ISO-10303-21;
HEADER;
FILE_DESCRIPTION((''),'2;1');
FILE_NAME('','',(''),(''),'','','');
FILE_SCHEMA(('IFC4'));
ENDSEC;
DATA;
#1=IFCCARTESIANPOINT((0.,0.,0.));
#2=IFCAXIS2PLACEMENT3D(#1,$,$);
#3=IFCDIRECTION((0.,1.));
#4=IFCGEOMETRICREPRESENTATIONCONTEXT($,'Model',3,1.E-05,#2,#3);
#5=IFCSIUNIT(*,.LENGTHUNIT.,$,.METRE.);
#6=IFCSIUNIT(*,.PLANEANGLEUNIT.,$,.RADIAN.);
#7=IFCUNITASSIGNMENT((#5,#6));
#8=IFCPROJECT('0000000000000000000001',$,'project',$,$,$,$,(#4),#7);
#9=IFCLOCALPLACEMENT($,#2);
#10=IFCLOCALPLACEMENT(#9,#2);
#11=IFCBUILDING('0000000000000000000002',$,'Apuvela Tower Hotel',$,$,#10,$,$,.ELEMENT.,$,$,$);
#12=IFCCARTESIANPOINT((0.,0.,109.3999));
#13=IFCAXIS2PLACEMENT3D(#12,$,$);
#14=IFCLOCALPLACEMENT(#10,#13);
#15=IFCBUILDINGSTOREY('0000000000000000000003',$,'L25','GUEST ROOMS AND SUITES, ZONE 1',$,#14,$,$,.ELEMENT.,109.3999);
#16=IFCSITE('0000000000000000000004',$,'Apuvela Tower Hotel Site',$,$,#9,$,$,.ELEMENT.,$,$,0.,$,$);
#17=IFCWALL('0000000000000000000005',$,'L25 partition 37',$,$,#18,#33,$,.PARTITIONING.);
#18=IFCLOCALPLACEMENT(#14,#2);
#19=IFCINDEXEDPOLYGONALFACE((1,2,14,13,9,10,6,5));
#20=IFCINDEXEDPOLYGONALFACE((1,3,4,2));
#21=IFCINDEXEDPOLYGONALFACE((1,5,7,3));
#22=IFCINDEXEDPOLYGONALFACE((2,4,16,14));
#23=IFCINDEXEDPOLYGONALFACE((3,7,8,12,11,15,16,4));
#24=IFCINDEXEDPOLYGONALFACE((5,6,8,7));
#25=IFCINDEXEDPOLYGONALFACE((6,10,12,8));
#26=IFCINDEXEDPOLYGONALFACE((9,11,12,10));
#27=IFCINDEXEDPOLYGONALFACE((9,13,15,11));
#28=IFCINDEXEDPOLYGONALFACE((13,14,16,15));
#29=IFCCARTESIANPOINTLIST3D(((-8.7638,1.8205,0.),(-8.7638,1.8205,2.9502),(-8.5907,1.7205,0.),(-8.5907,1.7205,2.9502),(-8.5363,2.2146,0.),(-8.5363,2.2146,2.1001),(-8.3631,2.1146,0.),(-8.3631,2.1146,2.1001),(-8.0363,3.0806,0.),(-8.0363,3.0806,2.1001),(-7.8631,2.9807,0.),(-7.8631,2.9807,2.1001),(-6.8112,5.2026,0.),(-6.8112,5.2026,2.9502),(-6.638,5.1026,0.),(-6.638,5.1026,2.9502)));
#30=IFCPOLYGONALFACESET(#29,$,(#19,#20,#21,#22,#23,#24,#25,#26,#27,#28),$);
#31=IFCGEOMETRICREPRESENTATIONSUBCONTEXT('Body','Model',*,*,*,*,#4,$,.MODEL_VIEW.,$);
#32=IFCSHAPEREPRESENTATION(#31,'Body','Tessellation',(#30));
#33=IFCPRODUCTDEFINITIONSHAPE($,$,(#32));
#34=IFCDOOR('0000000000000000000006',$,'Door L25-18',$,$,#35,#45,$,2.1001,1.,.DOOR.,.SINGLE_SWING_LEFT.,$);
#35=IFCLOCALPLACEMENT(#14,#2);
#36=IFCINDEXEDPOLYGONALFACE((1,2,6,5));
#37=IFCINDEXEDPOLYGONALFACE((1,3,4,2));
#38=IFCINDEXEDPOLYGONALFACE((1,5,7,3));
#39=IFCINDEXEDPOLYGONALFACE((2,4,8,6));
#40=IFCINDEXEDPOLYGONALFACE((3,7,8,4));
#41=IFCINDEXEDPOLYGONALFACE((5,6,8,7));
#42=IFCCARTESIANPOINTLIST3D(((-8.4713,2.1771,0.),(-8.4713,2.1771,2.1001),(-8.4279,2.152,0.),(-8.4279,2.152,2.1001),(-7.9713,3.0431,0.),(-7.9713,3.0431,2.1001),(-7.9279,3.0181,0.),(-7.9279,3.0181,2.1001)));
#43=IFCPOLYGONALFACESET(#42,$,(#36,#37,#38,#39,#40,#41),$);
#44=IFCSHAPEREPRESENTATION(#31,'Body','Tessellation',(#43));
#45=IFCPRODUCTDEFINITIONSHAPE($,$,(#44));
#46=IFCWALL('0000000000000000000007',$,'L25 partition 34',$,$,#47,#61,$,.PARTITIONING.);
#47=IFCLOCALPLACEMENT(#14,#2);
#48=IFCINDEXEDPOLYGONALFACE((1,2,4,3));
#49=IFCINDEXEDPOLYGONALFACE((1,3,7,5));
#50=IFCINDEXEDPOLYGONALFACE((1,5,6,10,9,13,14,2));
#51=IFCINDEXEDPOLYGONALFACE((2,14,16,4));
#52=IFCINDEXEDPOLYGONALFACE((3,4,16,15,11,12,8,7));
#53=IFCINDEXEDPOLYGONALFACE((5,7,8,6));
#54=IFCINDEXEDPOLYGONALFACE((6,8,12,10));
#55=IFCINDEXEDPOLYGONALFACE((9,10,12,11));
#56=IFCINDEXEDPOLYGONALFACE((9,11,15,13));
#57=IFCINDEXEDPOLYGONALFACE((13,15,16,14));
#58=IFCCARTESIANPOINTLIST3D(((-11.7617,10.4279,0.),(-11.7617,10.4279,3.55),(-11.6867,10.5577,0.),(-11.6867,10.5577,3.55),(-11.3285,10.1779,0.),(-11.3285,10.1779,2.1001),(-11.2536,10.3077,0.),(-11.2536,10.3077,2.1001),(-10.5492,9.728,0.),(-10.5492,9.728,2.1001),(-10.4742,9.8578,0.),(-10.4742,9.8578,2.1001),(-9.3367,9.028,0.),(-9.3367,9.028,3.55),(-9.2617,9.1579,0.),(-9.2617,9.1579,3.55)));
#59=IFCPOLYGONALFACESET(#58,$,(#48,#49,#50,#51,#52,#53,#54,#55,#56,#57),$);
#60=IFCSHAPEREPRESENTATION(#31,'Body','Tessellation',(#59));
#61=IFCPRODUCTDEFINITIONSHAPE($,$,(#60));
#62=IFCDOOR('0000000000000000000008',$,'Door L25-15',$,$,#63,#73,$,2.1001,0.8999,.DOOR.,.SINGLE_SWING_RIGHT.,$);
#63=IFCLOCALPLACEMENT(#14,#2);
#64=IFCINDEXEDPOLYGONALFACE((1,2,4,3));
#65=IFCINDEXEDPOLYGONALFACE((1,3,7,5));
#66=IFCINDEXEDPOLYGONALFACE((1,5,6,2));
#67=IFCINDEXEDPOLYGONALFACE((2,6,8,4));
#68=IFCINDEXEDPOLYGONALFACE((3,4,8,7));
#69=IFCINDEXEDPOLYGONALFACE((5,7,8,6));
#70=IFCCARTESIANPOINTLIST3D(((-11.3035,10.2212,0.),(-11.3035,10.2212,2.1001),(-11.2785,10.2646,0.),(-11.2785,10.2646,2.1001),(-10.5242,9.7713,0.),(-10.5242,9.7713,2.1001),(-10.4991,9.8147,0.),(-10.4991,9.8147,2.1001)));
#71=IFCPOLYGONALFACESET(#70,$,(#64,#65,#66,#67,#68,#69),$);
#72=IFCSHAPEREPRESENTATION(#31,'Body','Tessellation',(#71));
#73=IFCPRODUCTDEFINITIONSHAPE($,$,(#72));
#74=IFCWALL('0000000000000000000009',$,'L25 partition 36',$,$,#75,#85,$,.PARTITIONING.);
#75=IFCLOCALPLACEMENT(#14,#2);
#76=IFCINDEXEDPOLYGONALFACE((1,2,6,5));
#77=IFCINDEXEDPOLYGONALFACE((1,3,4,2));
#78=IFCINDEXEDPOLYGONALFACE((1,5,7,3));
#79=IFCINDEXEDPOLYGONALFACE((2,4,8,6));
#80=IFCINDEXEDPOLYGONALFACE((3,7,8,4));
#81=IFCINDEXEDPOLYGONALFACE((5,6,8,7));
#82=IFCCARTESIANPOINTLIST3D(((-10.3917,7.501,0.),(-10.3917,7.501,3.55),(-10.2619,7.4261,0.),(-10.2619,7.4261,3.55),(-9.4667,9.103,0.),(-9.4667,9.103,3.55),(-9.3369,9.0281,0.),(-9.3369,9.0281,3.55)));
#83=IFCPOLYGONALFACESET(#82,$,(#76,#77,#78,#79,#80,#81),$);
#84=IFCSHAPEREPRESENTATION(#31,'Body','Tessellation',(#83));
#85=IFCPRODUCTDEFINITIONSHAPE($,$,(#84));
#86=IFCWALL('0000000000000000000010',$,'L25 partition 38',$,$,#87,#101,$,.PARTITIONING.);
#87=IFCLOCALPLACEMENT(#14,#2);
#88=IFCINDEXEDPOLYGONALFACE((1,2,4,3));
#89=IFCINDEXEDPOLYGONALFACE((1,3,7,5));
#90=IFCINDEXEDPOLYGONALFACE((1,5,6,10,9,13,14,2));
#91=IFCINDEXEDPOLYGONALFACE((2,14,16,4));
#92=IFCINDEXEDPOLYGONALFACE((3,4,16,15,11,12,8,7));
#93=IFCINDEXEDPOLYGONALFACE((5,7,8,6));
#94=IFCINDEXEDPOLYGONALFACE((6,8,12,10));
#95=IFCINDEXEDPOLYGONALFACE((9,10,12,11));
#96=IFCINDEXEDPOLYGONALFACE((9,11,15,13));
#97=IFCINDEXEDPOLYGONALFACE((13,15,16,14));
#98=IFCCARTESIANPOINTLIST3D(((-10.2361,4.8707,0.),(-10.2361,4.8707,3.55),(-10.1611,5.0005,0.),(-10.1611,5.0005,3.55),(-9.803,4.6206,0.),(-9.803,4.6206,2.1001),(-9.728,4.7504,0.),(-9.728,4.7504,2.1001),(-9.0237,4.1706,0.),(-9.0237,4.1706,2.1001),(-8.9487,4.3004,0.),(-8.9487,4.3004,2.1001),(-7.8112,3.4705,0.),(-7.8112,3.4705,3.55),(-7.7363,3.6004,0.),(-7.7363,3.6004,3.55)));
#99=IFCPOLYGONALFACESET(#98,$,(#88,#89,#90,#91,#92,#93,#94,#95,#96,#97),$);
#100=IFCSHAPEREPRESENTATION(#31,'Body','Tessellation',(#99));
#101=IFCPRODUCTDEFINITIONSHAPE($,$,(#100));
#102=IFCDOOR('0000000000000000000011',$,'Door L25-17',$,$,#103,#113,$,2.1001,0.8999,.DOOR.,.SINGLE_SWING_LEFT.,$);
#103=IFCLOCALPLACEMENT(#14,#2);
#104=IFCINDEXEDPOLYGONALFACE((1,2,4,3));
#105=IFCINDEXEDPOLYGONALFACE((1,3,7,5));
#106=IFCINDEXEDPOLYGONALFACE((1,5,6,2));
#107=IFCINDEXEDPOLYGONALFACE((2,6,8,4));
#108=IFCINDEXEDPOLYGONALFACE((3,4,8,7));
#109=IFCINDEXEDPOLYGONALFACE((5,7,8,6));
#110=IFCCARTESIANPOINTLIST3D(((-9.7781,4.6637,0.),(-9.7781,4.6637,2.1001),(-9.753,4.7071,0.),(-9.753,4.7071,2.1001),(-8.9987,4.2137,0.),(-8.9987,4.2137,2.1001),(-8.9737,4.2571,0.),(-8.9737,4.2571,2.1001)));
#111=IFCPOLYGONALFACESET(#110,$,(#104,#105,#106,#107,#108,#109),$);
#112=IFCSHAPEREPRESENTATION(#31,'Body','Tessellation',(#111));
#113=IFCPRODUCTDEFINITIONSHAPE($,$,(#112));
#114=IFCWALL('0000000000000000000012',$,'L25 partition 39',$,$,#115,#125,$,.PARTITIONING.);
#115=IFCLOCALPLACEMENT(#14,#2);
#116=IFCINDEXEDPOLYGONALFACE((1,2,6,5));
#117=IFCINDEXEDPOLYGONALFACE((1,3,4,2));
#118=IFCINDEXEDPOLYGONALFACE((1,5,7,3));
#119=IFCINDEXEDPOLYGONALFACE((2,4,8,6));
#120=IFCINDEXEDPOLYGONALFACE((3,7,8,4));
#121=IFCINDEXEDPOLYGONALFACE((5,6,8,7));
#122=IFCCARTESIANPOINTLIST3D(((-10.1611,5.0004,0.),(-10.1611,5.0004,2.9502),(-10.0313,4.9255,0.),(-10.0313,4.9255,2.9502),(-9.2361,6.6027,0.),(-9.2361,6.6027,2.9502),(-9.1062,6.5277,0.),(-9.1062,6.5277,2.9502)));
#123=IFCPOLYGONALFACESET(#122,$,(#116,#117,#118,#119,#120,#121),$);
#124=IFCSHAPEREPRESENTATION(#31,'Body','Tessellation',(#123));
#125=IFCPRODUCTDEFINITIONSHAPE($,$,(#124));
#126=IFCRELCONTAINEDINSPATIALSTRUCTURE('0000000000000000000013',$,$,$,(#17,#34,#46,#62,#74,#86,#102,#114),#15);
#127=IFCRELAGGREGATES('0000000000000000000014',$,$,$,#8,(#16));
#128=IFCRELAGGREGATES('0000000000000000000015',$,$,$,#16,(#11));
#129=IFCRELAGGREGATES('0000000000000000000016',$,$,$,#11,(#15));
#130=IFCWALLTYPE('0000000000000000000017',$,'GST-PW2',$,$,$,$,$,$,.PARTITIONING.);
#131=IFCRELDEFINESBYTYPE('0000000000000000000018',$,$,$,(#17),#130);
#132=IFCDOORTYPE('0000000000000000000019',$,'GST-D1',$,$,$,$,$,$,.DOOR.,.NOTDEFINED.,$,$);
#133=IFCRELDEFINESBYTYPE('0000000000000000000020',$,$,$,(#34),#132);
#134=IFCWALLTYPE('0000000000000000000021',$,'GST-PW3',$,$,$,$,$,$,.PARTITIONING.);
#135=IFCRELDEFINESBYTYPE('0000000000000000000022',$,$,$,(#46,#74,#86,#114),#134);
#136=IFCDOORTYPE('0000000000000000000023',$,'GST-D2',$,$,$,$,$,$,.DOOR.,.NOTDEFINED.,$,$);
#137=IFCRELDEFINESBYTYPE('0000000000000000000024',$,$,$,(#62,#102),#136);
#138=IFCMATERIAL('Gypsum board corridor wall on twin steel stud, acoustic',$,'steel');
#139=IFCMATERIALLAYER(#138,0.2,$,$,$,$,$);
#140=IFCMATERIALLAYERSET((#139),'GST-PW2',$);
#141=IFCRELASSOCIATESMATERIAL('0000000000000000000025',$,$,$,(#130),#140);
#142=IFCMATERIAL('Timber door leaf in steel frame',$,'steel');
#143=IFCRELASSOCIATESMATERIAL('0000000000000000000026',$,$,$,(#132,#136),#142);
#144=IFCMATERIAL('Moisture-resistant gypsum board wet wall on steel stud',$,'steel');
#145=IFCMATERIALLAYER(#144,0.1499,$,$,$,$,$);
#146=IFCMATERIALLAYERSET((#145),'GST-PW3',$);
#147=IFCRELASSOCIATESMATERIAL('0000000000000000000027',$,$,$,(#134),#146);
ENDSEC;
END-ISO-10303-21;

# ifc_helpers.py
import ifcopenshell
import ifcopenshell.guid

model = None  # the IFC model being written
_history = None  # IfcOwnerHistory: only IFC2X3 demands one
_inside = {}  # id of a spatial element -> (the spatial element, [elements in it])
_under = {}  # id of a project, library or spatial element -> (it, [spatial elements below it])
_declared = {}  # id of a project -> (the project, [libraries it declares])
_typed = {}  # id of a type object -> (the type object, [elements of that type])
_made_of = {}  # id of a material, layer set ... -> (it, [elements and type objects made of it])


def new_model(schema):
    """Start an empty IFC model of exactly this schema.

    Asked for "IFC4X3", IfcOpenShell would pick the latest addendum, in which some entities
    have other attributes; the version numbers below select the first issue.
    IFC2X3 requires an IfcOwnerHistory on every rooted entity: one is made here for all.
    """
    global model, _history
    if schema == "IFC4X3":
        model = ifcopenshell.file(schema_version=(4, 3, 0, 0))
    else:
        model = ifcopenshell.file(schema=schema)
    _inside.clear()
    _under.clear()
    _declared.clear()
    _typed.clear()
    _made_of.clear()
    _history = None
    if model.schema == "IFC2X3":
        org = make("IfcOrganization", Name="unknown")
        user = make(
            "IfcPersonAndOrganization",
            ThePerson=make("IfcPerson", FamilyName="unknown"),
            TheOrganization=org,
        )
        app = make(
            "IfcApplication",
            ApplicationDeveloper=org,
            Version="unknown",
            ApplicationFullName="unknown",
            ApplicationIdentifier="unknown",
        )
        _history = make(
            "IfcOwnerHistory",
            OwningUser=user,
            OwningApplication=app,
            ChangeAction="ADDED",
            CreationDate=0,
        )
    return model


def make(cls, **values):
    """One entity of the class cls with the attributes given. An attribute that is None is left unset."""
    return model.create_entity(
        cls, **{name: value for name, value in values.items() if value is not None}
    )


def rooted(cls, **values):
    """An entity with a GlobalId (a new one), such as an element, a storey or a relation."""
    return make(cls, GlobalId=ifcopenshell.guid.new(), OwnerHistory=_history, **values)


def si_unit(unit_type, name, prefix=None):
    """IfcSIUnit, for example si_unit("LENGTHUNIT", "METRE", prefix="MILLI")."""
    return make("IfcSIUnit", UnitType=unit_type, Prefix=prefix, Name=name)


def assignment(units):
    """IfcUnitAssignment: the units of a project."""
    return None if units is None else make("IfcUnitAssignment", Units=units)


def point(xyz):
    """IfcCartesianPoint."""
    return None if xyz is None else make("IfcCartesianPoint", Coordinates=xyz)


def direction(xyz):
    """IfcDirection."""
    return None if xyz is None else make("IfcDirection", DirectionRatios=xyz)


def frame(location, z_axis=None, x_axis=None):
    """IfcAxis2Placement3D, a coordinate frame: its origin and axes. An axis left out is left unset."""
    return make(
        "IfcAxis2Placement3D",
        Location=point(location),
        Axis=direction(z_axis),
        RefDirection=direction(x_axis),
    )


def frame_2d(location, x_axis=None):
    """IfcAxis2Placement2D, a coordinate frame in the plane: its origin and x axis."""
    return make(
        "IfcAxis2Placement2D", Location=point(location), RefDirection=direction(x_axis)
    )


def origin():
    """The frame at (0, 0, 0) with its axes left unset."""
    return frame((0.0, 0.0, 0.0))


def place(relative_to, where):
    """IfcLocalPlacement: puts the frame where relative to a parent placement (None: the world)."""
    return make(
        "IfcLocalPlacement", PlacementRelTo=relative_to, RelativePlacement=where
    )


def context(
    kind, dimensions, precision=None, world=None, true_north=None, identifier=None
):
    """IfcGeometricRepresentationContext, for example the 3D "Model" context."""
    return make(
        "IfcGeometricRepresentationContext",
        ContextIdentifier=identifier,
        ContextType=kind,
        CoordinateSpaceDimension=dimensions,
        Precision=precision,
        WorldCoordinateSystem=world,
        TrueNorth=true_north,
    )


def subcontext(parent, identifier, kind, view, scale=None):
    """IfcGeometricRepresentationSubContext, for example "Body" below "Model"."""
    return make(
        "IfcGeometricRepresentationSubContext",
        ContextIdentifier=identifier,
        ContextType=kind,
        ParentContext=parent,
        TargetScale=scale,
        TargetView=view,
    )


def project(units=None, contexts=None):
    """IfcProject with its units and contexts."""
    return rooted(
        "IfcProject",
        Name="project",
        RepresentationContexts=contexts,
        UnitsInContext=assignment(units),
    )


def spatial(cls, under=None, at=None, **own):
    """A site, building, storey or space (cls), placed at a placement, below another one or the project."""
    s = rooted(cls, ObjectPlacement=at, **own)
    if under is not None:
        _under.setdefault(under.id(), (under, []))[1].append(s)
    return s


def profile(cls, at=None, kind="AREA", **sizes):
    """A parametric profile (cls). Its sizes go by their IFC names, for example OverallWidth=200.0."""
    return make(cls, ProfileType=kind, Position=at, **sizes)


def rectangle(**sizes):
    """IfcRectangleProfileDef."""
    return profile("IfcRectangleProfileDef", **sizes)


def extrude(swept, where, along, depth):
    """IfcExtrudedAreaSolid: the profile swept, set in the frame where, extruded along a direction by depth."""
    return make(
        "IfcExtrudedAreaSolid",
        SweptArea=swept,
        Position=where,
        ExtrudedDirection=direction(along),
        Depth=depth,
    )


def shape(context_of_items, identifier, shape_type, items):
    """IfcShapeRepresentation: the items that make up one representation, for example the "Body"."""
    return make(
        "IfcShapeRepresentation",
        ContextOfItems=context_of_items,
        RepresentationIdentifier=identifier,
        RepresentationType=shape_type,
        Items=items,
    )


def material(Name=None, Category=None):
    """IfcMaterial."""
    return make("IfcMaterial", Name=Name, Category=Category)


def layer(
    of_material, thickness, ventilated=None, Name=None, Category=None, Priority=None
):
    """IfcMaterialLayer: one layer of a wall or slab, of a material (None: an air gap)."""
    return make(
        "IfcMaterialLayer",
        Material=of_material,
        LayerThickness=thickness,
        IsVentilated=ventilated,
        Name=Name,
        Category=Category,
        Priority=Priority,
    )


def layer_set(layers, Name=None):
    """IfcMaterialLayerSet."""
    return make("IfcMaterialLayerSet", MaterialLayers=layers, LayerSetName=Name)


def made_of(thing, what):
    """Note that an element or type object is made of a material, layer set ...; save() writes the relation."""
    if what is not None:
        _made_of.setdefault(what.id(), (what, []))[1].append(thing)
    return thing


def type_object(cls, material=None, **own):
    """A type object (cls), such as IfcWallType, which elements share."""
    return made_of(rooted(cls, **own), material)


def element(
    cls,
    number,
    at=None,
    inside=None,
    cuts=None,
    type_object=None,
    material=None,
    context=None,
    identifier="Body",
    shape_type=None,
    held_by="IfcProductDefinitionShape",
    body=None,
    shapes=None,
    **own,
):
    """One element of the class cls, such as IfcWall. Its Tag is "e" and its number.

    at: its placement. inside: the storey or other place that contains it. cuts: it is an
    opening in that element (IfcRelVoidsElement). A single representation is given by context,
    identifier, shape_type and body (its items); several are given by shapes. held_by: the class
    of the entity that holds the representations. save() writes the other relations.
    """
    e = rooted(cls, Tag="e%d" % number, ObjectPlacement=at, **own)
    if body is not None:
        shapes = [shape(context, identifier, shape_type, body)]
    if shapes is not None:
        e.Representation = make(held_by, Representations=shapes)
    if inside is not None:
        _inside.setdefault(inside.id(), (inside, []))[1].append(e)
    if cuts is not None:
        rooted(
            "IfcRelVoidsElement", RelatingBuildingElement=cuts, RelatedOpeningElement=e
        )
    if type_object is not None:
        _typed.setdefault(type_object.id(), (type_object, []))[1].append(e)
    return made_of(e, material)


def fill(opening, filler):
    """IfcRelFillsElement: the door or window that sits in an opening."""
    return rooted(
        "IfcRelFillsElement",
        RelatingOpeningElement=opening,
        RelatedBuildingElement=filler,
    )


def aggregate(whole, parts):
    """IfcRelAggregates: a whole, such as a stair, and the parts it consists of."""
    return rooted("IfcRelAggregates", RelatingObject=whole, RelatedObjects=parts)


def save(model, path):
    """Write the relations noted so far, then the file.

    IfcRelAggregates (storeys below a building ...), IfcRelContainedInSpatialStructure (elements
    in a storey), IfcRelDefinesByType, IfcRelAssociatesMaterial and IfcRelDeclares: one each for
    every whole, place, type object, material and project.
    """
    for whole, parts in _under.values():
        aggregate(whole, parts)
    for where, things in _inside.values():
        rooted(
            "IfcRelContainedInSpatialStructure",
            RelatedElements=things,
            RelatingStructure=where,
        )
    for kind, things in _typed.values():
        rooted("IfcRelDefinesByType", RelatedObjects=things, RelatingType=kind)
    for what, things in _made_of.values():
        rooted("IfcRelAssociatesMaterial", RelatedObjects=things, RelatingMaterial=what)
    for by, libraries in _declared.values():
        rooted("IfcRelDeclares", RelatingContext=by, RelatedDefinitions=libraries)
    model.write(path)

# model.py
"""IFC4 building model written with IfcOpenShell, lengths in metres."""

from ifc_helpers import new_model, si_unit, direction, frame, frame_2d, origin, place, context, subcontext, project, spatial, rectangle, extrude, material, layer, layer_set, type_object, element, fill, save


model = new_model("IFC4")

# Units and contexts
model_context = context("Model", 3, precision=1e-05, world=origin(), true_north=direction((0.0, 1.0)))
body_context = subcontext(model_context, "Body", "Model", "MODEL_VIEW")
ifc_project = project(units=[si_unit("LENGTHUNIT", "METRE"), si_unit("PLANEANGLEUNIT", "RADIAN")], contexts=[model_context])

# Site, building, storey
site_placement = place(None, origin())
site = spatial("IfcSite", under=ifc_project, at=site_placement, Name="Apuvela Tower Hotel Site", CompositionType="ELEMENT", RefElevation=0.0)
building_placement = place(site_placement, origin())
building = spatial("IfcBuilding", under=site, at=building_placement, Name="Apuvela Tower Hotel", CompositionType="ELEMENT")
storey_placement = place(building_placement, frame((0.0, 0.0, 109.3999)))
storey = spatial("IfcBuildingStorey", under=building, at=storey_placement, Name="L25", Description="GUEST ROOMS AND SUITES, ZONE 1", CompositionType="ELEMENT", Elevation=109.3999)

# Walls, openings, doors
ifc_material_1 = material(Name="Gypsum board corridor wall on twin steel stud, acoustic", Category="steel")
ifc_layer_1 = layer(ifc_material_1, 0.2)
ifc_layer_set_1 = layer_set([ifc_layer_1], Name="GST-PW2")
wall_type_1 = type_object("IfcWallType", Name="GST-PW2", PredefinedType="PARTITIONING", material=ifc_layer_set_1)
ifc_material_2 = material(Name="Timber door leaf in steel frame", Category="steel")
door_type_1 = type_object("IfcDoorType", Name="GST-D1", OperationType="NOTDEFINED", PredefinedType="DOOR", material=ifc_material_2)
wall_1_placement = place(storey_placement, frame((-8.6772, 1.7705, 0.0), z_axis=(0.0, 0.0, 1.0), x_axis=(0.499998, 0.866026, 0.0)))
wall_1 = element("IfcWall", 1, at=wall_1_placement, inside=storey, type_object=wall_type_1, Name="L25 partition 37", PredefinedType="PARTITIONING", context=body_context, shape_type="SweptSolid", body=[
    extrude(rectangle(XDim=3.9053, YDim=0.2, at=frame_2d((1.9526, 0.0))), origin(), (0.0, 0.0, 1.0), 2.9502),
])
opening_1_placement = place(wall_1_placement, frame((0.4551, 0.0, 0.0)))
opening_1 = element("IfcOpeningElement", 2, at=opening_1_placement, cuts=wall_1, PredefinedType="OPENING", context=body_context, shape_type="SweptSolid", body=[
    extrude(rectangle(XDim=1.0, YDim=2.1001, at=frame_2d((0.5, 1.05))), frame((0.0, 0.1099, 0.0), z_axis=(0.0, -1.0, 0.0), x_axis=(1.0, 0.0, 0.0)), (0.0, 0.0, 1.0), 0.22),
])
door_1_placement = place(opening_1_placement, origin())
door_1 = element("IfcDoor", 3, at=door_1_placement, inside=storey, type_object=door_type_1, Name="Door L25-18", OperationType="SINGLE_SWING_LEFT", OverallHeight=2.1001, OverallWidth=1.0, PredefinedType="DOOR", context=body_context, shape_type="SweptSolid", body=[
    extrude(rectangle(XDim=1.0, YDim=2.1001, at=frame_2d((0.5, 1.05))), frame((0.0, 0.0249, 0.0), z_axis=(0.0, -1.0, 0.0), x_axis=(1.0, 0.0, 0.0)), (0.0, 0.0, 1.0), 0.05),
])
fill(opening_1, door_1)
ifc_material_3 = material(Name="Moisture-resistant gypsum board wet wall on steel stud", Category="steel")
ifc_layer_2 = layer(ifc_material_3, 0.1499)
ifc_layer_set_2 = layer_set([ifc_layer_2], Name="GST-PW3")
wall_type_2 = type_object("IfcWallType", Name="GST-PW3", PredefinedType="PARTITIONING", material=ifc_layer_set_2)
wall_2_placement = place(storey_placement, frame((-9.2993, 9.093, 0.0), z_axis=(0.0, 0.0, 1.0), x_axis=(-0.866056, 0.499946, 0.0)))
wall_2 = element("IfcWall", 4, at=wall_2_placement, inside=storey, type_object=wall_type_2, Name="L25 partition 34", PredefinedType="PARTITIONING", context=body_context, shape_type="SweptSolid", body=[
    extrude(rectangle(XDim=2.8, YDim=0.1499, at=frame_2d((1.3999, 0.0))), origin(), (0.0, 0.0, 1.0), 3.55),
])
opening_2_placement = place(wall_2_placement, frame((1.3999, 0.0, 0.0)))
opening_2 = element("IfcOpeningElement", 5, at=opening_2_placement, cuts=wall_2, PredefinedType="OPENING", context=body_context, shape_type="SweptSolid", body=[
    extrude(rectangle(XDim=0.8999, YDim=2.1001, at=frame_2d((0.45, 1.05))), frame((0.0, 0.085, 0.0), z_axis=(0.0, -1.0, 0.0), x_axis=(1.0, 0.0, 0.0)), (0.0, 0.0, 1.0), 0.1699),
])
door_type_2 = type_object("IfcDoorType", Name="GST-D2", OperationType="NOTDEFINED", PredefinedType="DOOR", material=ifc_material_2)
door_2_placement = place(opening_2_placement, origin())
door_2 = element("IfcDoor", 6, at=door_2_placement, inside=storey, type_object=door_type_2, Name="Door L25-15", OperationType="SINGLE_SWING_RIGHT", OverallHeight=2.1001, OverallWidth=0.8999, PredefinedType="DOOR", context=body_context, shape_type="SweptSolid", body=[
    extrude(rectangle(XDim=0.8999, YDim=2.1001, at=frame_2d((0.45, 1.05))), frame((0.0, 0.0249, 0.0), z_axis=(0.0, -1.0, 0.0), x_axis=(1.0, 0.0, 0.0)), (0.0, 0.0, 1.0), 0.05),
])
fill(opening_2, door_2)

# Wall
wall_3_placement = place(storey_placement, frame((-9.4019, 9.0654, 0.0), z_axis=(0.0, 0.0, 1.0), x_axis=(-0.500042, -0.866001, 0.0)))
element("IfcWall", 7, at=wall_3_placement, inside=storey, type_object=wall_type_2, Name="L25 partition 36", PredefinedType="PARTITIONING", context=body_context, shape_type="SweptSolid", body=[
    extrude(rectangle(XDim=1.8499, YDim=0.1499, at=frame_2d((0.9248, 0.0))), origin(), (0.0, 0.0, 1.0), 3.55),
])

# Wall, opening, door
wall_4_placement = place(storey_placement, frame((-10.1985, 4.9355, 0.0), z_axis=(0.0, 0.0, 1.0), x_axis=(0.865997, -0.50005, 0.0)))
wall_4 = element("IfcWall", 8, at=wall_4_placement, inside=storey, type_object=wall_type_2, Name="L25 partition 38", PredefinedType="PARTITIONING", context=body_context, shape_type="SweptSolid", body=[
    extrude(rectangle(XDim=2.8, YDim=0.1499, at=frame_2d((1.3999, 0.0))), origin(), (0.0, 0.0, 1.0), 3.55),
])
opening_3_placement = place(wall_4_placement, frame((0.5, 0.0, 0.0)))
opening_3 = element("IfcOpeningElement", 9, at=opening_3_placement, cuts=wall_4, PredefinedType="OPENING", context=body_context, shape_type="SweptSolid", body=[
    extrude(rectangle(XDim=0.8999, YDim=2.1001, at=frame_2d((0.45, 1.05))), frame((0.0, 0.085, 0.0), z_axis=(0.0, -1.0, 0.0), x_axis=(1.0, 0.0, 0.0)), (0.0, 0.0, 1.0), 0.1699),
])
door_3_placement = place(opening_3_placement, origin())
door_3 = element("IfcDoor", 10, at=door_3_placement, inside=storey, type_object=door_type_2, Name="Door L25-17", OperationType="SINGLE_SWING_LEFT", OverallHeight=2.1001, OverallWidth=0.8999, PredefinedType="DOOR", context=body_context, shape_type="SweptSolid", body=[
    extrude(rectangle(XDim=0.8999, YDim=2.1001, at=frame_2d((0.45, 1.05))), frame((0.0, 0.0249, 0.0), z_axis=(0.0, -1.0, 0.0), x_axis=(1.0, 0.0, 0.0)), (0.0, 0.0, 1.0), 0.05),
])
fill(opening_3, door_3)

# Wall
wall_5_placement = place(storey_placement, frame((-9.1711, 6.5652, 0.0), z_axis=(0.0, 0.0, 1.0), x_axis=(-0.499985, -0.866034, 0.0)))
element("IfcWall", 11, at=wall_5_placement, inside=storey, type_object=wall_type_2, Name="L25 partition 39", PredefinedType="PARTITIONING", context=body_context, shape_type="SweptSolid", body=[
    extrude(rectangle(XDim=1.8501, YDim=0.1499, at=frame_2d((0.925, 0.0))), origin(), (0.0, 0.0, 1.0), 2.9502),
])

save(model, "model.ifc")
